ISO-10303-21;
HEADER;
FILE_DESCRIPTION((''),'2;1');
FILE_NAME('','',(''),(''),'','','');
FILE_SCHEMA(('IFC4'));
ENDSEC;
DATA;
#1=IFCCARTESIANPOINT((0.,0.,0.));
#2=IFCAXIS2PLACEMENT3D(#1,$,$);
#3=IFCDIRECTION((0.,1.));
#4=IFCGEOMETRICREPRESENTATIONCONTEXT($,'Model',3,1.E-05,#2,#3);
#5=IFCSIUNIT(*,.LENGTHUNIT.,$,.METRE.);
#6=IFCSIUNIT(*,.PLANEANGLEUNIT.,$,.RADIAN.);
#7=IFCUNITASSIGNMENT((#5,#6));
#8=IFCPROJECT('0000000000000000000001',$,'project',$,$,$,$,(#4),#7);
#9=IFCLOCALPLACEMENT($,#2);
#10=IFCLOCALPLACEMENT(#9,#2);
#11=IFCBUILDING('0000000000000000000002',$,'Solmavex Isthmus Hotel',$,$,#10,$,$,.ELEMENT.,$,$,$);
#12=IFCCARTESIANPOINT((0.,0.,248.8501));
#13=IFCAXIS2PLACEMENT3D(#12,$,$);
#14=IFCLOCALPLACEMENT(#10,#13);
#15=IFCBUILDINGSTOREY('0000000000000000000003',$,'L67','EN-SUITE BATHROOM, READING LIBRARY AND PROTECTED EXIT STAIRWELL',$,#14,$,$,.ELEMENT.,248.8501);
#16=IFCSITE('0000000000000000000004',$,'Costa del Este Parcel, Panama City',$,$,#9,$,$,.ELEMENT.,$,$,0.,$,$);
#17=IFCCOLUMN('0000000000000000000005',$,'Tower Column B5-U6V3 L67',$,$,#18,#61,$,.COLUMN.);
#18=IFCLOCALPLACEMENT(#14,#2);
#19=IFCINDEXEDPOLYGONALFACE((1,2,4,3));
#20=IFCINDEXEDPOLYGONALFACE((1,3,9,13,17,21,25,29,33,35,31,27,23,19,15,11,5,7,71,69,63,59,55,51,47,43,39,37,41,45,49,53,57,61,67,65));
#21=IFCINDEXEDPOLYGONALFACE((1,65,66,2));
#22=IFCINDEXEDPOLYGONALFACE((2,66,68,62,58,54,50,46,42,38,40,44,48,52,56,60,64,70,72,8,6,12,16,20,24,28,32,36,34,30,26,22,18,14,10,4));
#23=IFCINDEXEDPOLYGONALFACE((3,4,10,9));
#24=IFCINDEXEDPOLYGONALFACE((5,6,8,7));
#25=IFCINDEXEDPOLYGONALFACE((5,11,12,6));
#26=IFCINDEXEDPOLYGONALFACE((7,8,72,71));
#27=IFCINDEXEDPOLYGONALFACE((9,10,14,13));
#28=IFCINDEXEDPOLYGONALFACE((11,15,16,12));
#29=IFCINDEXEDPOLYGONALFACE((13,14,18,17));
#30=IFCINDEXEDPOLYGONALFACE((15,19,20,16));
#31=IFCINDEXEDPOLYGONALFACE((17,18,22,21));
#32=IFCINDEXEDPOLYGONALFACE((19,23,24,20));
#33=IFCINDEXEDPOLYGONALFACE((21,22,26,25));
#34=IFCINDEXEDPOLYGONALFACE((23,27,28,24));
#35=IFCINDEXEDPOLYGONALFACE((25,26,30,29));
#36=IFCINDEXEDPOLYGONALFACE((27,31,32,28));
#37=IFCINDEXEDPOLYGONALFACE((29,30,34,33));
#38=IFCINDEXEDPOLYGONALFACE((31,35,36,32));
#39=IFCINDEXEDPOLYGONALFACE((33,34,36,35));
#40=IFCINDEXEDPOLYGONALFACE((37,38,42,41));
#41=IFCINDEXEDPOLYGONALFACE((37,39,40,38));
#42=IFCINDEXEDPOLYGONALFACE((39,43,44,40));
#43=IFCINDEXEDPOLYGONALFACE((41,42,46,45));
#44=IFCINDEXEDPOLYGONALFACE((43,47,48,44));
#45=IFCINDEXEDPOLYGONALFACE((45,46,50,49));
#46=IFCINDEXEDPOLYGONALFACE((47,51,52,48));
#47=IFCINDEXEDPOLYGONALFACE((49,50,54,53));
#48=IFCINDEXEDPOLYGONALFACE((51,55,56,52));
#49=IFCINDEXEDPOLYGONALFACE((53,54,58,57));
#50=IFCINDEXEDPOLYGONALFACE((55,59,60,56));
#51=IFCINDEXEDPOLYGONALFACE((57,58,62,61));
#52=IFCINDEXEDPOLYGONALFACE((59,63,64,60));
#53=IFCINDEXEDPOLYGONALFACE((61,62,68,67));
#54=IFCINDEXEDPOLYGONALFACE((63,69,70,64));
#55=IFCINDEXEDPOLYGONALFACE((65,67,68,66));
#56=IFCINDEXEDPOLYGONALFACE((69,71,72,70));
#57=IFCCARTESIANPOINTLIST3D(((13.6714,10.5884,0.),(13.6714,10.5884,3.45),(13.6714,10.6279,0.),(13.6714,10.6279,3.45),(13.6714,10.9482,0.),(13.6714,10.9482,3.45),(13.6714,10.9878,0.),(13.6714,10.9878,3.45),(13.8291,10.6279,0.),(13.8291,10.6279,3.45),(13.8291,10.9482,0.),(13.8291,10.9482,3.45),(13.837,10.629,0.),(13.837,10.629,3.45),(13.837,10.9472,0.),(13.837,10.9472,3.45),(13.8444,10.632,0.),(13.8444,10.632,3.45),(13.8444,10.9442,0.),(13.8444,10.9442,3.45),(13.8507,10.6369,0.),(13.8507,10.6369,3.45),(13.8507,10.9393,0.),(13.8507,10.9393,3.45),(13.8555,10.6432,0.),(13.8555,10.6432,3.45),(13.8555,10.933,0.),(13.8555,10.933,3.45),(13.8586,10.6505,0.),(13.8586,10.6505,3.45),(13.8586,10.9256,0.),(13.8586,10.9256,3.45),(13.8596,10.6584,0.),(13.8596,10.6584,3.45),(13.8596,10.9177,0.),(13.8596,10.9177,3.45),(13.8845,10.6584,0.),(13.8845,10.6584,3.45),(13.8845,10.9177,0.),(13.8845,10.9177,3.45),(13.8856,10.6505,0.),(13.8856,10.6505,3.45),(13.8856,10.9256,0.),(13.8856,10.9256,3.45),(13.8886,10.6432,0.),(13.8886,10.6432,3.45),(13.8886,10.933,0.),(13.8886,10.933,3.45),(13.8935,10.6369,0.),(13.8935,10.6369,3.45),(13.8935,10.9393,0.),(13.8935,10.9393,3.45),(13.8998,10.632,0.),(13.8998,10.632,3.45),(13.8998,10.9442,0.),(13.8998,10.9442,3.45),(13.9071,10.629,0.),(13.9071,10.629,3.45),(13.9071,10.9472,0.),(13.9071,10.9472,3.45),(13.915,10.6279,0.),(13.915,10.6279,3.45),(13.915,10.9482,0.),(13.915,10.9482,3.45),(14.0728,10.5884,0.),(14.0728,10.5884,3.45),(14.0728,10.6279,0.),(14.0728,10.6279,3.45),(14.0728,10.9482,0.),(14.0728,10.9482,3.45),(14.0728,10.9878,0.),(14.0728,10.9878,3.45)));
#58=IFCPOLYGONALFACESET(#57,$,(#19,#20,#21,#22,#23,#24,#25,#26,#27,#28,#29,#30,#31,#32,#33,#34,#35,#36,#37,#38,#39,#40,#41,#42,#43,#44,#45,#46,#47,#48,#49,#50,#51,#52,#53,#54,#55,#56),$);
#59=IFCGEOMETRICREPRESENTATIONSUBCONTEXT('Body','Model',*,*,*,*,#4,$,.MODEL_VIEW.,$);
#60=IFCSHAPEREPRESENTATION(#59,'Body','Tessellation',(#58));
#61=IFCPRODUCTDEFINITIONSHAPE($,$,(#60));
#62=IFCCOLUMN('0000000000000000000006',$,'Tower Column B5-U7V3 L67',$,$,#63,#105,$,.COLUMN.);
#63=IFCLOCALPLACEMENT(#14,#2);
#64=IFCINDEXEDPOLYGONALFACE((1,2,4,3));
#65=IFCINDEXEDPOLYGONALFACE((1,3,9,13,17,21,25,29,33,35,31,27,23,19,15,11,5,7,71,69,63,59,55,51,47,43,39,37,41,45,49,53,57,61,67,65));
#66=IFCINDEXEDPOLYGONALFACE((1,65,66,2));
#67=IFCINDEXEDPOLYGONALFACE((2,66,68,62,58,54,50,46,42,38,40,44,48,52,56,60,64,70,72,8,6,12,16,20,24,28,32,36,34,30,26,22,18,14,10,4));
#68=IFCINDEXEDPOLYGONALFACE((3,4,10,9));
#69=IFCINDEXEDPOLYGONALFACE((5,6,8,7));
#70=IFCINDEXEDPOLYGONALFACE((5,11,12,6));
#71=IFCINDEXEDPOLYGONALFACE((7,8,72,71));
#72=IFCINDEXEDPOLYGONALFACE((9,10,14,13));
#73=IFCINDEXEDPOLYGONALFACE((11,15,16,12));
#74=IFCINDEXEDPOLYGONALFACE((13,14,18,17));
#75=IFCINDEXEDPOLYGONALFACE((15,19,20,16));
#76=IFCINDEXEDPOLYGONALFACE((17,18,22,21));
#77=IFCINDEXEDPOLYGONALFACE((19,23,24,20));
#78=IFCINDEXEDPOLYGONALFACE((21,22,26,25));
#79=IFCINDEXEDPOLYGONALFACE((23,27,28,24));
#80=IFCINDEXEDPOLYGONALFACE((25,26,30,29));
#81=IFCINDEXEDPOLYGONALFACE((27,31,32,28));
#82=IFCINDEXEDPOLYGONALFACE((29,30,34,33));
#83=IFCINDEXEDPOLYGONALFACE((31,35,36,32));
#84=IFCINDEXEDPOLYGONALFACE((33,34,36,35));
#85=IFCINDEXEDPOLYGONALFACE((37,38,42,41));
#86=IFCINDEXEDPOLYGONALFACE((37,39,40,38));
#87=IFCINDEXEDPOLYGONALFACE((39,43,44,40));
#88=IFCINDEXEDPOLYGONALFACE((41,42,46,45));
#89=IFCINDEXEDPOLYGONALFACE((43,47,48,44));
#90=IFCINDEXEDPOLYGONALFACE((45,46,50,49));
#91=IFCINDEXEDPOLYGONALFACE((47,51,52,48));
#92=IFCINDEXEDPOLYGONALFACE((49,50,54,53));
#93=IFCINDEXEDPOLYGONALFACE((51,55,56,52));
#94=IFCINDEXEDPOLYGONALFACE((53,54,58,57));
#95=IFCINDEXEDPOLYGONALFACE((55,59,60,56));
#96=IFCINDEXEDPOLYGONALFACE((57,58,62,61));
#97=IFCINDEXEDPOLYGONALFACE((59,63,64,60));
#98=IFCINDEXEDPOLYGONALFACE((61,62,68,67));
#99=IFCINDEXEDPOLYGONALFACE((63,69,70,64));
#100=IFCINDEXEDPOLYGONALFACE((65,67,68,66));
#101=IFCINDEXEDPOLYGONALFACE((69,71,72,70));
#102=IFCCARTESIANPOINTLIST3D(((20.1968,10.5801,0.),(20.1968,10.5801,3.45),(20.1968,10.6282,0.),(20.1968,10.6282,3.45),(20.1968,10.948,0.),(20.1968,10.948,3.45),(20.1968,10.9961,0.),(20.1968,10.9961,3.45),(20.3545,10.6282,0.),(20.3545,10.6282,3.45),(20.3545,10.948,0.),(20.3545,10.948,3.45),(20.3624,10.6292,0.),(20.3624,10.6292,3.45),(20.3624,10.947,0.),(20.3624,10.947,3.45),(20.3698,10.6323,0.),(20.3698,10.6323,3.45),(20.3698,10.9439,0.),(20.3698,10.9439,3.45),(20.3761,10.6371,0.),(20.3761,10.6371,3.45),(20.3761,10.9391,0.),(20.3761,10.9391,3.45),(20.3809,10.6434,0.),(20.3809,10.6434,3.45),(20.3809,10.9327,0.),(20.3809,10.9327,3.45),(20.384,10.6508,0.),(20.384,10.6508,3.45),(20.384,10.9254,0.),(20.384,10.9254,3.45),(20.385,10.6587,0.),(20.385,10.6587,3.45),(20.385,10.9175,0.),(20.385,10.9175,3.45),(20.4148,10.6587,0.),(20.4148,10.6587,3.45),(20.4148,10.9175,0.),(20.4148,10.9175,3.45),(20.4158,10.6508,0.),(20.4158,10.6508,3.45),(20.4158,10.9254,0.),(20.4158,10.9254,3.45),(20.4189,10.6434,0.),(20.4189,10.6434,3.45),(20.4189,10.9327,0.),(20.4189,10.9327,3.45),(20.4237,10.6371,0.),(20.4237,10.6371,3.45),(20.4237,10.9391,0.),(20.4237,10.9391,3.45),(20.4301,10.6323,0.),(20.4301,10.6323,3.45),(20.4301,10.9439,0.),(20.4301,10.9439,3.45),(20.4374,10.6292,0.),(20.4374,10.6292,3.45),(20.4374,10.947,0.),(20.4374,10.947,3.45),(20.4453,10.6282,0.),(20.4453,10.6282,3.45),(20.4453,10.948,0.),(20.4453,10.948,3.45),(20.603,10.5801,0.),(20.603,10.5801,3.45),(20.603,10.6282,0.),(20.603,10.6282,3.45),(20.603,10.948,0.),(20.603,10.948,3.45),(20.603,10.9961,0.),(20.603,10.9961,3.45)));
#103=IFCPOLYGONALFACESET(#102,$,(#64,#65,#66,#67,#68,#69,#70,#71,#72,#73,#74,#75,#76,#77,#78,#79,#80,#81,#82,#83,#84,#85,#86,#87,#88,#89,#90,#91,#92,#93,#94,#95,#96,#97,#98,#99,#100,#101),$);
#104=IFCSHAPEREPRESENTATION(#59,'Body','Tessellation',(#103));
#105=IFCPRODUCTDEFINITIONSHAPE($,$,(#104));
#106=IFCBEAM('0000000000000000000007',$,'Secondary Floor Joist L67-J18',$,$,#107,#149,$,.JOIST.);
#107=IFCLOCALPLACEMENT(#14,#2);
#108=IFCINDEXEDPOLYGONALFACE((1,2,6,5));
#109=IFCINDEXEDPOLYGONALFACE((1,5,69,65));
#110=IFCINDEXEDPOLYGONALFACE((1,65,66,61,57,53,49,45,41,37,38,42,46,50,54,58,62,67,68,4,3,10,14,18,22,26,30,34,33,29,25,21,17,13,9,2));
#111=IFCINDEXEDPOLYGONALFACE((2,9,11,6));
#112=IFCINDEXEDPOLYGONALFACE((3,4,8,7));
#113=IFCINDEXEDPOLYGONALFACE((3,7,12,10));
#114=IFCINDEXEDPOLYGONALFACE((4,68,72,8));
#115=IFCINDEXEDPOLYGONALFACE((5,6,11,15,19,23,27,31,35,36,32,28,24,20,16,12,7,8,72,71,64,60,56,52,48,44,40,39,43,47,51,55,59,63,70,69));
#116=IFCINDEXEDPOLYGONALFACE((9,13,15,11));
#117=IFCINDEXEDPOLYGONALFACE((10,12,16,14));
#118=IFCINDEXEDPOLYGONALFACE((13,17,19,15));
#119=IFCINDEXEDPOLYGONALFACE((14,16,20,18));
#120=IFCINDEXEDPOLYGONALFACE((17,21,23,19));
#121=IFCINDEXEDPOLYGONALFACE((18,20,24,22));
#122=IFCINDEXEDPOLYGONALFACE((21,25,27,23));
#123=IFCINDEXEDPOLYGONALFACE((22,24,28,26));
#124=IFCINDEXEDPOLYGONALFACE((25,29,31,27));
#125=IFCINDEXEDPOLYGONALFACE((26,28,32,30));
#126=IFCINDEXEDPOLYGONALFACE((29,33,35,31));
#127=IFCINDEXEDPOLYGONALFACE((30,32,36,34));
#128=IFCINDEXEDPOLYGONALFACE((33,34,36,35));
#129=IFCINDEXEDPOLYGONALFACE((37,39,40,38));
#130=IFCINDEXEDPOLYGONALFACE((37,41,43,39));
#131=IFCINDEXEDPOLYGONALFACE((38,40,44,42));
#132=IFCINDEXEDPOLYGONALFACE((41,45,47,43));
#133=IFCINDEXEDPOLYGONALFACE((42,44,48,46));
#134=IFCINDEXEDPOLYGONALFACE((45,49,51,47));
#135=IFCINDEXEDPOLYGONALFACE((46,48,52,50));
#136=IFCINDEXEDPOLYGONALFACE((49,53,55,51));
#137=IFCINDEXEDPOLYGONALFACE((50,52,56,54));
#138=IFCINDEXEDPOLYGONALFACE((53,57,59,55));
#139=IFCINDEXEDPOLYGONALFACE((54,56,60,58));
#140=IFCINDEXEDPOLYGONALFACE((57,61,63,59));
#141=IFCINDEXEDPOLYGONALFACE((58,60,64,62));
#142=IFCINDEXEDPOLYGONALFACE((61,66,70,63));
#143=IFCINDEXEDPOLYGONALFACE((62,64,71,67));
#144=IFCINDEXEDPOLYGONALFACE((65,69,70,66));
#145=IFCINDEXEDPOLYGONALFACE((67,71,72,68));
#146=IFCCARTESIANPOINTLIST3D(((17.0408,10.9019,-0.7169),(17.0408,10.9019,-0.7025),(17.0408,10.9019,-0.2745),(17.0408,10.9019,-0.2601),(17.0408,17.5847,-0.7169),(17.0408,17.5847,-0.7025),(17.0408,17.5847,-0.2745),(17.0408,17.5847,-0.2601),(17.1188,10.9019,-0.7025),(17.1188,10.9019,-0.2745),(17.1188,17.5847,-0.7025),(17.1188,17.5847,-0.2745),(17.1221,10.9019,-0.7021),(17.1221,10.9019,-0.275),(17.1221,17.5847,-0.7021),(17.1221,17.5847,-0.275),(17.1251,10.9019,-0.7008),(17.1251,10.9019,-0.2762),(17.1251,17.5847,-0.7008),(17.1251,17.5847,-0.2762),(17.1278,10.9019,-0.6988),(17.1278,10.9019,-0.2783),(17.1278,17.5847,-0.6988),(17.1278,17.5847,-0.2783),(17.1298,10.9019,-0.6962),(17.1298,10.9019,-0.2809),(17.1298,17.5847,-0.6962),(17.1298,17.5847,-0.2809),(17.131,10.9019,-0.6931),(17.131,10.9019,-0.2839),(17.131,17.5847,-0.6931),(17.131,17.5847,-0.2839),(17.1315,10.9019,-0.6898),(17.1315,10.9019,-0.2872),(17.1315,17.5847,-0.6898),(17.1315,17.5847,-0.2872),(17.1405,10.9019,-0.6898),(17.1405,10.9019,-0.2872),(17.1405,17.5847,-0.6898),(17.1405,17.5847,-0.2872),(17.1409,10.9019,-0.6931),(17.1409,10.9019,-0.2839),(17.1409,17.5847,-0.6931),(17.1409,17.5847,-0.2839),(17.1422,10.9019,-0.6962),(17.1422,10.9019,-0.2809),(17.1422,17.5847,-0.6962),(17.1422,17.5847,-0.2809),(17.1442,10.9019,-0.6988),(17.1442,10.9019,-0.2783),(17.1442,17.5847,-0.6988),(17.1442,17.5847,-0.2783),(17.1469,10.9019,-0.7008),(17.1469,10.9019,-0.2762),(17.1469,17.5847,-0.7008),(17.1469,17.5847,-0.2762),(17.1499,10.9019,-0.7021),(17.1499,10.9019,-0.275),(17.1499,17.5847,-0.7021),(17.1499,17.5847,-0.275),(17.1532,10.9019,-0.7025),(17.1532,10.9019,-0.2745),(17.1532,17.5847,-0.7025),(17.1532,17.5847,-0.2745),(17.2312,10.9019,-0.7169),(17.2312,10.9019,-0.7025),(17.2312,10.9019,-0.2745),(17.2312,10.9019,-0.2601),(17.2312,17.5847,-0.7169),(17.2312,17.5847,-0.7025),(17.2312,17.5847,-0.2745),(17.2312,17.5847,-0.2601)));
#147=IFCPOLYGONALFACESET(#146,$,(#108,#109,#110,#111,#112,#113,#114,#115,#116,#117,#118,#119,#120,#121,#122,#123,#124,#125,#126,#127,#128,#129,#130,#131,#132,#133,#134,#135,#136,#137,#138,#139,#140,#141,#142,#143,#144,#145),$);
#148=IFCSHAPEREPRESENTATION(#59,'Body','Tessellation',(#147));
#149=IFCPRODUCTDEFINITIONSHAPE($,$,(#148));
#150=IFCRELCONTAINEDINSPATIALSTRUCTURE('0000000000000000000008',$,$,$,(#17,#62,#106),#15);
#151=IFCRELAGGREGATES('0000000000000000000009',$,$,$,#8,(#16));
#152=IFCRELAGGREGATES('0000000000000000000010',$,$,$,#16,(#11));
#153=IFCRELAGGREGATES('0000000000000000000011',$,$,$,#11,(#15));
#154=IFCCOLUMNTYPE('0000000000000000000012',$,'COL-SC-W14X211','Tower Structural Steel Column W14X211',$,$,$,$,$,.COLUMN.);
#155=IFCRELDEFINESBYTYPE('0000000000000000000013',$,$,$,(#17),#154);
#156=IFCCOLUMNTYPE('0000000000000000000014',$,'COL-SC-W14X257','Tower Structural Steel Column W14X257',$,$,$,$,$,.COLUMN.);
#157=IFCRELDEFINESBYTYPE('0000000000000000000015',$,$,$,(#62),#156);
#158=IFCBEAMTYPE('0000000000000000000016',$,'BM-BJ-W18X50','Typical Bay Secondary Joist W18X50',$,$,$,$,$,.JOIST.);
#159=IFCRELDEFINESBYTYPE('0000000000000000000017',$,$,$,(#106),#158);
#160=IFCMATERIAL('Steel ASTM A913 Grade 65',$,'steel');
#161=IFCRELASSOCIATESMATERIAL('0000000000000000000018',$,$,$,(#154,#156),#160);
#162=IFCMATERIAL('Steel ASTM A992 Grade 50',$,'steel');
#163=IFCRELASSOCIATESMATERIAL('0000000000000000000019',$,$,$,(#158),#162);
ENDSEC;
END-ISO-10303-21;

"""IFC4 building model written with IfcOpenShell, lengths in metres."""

from ifc_helpers import new_model, si_unit, direction, frame, origin, origin_2d, place, context, subcontext, project, spatial, i_section, extrude, material, material_profile, profile_set, type_object, element, save


model = new_model("IFC4")

# Units and contexts
model_context = context("Model", 3, precision=1e-05, world=origin(), true_north=direction((0.0, 1.0)))
body_context = subcontext(model_context, "Body", "Model", "MODEL_VIEW")
ifc_project = project(units=[si_unit("LENGTHUNIT", "METRE"), si_unit("PLANEANGLEUNIT", "RADIAN")], contexts=[model_context])

# Site, building, storey
site_placement = place(None, origin())
site = spatial("IfcSite", under=ifc_project, at=site_placement, Name="Costa del Este Parcel, Panama City", CompositionType="ELEMENT", RefElevation=0.0)
building_placement = place(site_placement, origin())
building = spatial("IfcBuilding", under=site, at=building_placement, Name="Solmavex Isthmus Hotel", CompositionType="ELEMENT")
storey_placement = place(building_placement, frame((0.0, 0.0, 248.8501)))
storey = spatial("IfcBuildingStorey", under=building, at=storey_placement, Name="L67", Description="EN-SUITE BATHROOM, READING LIBRARY AND PROTECTED EXIT STAIRWELL", CompositionType="ELEMENT", Elevation=248.8501)

# Columns
ifc_material_1 = material(Name="Steel ASTM A913 Grade 65", Category="steel")
ifc_material_profile_1 = material_profile(ifc_material_1, i_section(OverallWidth=0.4014, OverallDepth=0.3994, WebThickness=0.0249, FlangeThickness=0.0396, FilletRadius=0.0305, at=origin_2d()), Name="W14X211")
ifc_profile_set_1 = profile_set([ifc_material_profile_1], Name="Steel ASTM A913 Grade 65")
column_type_1 = type_object("IfcColumnType", Name="COL-SC-W14X211", Description="Tower Structural Steel Column W14X211", PredefinedType="COLUMN", material=ifc_profile_set_1)
column_1_placement = place(storey_placement, frame((13.8721, 10.7881, 0.0), z_axis=(0.0, 0.0, 1.0), x_axis=(1.0, 0.0, 0.0)))
element("IfcColumn", 1, at=column_1_placement, inside=storey, type_object=column_type_1, Name="Tower Column B5-U6V3 L67", PredefinedType="COLUMN", context=body_context, shape_type="SweptSolid", body=[
    extrude(i_section(OverallWidth=0.4014, OverallDepth=0.3994, WebThickness=0.0249, FlangeThickness=0.0396, FilletRadius=0.0305, at=origin_2d()), origin(), (0.0, 0.0, 1.0), 3.45),
])
ifc_material_profile_2 = material_profile(ifc_material_1, i_section(OverallWidth=0.4062, OverallDepth=0.416, WebThickness=0.0298, FlangeThickness=0.0481, FilletRadius=0.0305, at=origin_2d()), Name="W14X257")
ifc_profile_set_2 = profile_set([ifc_material_profile_2], Name="Steel ASTM A913 Grade 65")
column_type_2 = type_object("IfcColumnType", Name="COL-SC-W14X257", Description="Tower Structural Steel Column W14X257", PredefinedType="COLUMN", material=ifc_profile_set_2)
column_2_placement = place(storey_placement, frame((20.3999, 10.7881, 0.0), z_axis=(0.0, 0.0, 1.0), x_axis=(1.0, 0.0, 0.0)))
element("IfcColumn", 2, at=column_2_placement, inside=storey, type_object=column_type_2, Name="Tower Column B5-U7V3 L67", PredefinedType="COLUMN", context=body_context, shape_type="SweptSolid", body=[
    extrude(i_section(OverallWidth=0.4062, OverallDepth=0.416, WebThickness=0.0298, FlangeThickness=0.0481, FilletRadius=0.0305, at=origin_2d()), origin(), (0.0, 0.0, 1.0), 3.45),
])

# Beam
ifc_material_2 = material(Name="Steel ASTM A992 Grade 50", Category="steel")
ifc_material_profile_3 = material_profile(ifc_material_2, i_section(OverallWidth=0.1904, OverallDepth=0.4568, WebThickness=0.009, FlangeThickness=0.0144, FilletRadius=0.0127, at=origin_2d()), Name="W18X50")
ifc_profile_set_3 = profile_set([ifc_material_profile_3], Name="Steel ASTM A992 Grade 50")
beam_type_1 = type_object("IfcBeamType", Name="BM-BJ-W18X50", Description="Typical Bay Secondary Joist W18X50", PredefinedType="JOIST", material=ifc_profile_set_3)
beam_1_placement = place(storey_placement, frame((17.136, 10.9019, -0.4885), z_axis=(0.0, 1.0, 0.0), x_axis=(-1.0, 0.0, 0.0)))
element("IfcBeam", 3, at=beam_1_placement, inside=storey, type_object=beam_type_1, Name="Secondary Floor Joist L67-J18", PredefinedType="JOIST", context=body_context, shape_type="SweptSolid", body=[
    extrude(i_section(OverallWidth=0.1904, OverallDepth=0.4568, WebThickness=0.009, FlangeThickness=0.0144, FilletRadius=0.0127, at=origin_2d()), origin(), (0.0, 0.0, 1.0), 6.6829),
])

save(model, "model.ifc")
